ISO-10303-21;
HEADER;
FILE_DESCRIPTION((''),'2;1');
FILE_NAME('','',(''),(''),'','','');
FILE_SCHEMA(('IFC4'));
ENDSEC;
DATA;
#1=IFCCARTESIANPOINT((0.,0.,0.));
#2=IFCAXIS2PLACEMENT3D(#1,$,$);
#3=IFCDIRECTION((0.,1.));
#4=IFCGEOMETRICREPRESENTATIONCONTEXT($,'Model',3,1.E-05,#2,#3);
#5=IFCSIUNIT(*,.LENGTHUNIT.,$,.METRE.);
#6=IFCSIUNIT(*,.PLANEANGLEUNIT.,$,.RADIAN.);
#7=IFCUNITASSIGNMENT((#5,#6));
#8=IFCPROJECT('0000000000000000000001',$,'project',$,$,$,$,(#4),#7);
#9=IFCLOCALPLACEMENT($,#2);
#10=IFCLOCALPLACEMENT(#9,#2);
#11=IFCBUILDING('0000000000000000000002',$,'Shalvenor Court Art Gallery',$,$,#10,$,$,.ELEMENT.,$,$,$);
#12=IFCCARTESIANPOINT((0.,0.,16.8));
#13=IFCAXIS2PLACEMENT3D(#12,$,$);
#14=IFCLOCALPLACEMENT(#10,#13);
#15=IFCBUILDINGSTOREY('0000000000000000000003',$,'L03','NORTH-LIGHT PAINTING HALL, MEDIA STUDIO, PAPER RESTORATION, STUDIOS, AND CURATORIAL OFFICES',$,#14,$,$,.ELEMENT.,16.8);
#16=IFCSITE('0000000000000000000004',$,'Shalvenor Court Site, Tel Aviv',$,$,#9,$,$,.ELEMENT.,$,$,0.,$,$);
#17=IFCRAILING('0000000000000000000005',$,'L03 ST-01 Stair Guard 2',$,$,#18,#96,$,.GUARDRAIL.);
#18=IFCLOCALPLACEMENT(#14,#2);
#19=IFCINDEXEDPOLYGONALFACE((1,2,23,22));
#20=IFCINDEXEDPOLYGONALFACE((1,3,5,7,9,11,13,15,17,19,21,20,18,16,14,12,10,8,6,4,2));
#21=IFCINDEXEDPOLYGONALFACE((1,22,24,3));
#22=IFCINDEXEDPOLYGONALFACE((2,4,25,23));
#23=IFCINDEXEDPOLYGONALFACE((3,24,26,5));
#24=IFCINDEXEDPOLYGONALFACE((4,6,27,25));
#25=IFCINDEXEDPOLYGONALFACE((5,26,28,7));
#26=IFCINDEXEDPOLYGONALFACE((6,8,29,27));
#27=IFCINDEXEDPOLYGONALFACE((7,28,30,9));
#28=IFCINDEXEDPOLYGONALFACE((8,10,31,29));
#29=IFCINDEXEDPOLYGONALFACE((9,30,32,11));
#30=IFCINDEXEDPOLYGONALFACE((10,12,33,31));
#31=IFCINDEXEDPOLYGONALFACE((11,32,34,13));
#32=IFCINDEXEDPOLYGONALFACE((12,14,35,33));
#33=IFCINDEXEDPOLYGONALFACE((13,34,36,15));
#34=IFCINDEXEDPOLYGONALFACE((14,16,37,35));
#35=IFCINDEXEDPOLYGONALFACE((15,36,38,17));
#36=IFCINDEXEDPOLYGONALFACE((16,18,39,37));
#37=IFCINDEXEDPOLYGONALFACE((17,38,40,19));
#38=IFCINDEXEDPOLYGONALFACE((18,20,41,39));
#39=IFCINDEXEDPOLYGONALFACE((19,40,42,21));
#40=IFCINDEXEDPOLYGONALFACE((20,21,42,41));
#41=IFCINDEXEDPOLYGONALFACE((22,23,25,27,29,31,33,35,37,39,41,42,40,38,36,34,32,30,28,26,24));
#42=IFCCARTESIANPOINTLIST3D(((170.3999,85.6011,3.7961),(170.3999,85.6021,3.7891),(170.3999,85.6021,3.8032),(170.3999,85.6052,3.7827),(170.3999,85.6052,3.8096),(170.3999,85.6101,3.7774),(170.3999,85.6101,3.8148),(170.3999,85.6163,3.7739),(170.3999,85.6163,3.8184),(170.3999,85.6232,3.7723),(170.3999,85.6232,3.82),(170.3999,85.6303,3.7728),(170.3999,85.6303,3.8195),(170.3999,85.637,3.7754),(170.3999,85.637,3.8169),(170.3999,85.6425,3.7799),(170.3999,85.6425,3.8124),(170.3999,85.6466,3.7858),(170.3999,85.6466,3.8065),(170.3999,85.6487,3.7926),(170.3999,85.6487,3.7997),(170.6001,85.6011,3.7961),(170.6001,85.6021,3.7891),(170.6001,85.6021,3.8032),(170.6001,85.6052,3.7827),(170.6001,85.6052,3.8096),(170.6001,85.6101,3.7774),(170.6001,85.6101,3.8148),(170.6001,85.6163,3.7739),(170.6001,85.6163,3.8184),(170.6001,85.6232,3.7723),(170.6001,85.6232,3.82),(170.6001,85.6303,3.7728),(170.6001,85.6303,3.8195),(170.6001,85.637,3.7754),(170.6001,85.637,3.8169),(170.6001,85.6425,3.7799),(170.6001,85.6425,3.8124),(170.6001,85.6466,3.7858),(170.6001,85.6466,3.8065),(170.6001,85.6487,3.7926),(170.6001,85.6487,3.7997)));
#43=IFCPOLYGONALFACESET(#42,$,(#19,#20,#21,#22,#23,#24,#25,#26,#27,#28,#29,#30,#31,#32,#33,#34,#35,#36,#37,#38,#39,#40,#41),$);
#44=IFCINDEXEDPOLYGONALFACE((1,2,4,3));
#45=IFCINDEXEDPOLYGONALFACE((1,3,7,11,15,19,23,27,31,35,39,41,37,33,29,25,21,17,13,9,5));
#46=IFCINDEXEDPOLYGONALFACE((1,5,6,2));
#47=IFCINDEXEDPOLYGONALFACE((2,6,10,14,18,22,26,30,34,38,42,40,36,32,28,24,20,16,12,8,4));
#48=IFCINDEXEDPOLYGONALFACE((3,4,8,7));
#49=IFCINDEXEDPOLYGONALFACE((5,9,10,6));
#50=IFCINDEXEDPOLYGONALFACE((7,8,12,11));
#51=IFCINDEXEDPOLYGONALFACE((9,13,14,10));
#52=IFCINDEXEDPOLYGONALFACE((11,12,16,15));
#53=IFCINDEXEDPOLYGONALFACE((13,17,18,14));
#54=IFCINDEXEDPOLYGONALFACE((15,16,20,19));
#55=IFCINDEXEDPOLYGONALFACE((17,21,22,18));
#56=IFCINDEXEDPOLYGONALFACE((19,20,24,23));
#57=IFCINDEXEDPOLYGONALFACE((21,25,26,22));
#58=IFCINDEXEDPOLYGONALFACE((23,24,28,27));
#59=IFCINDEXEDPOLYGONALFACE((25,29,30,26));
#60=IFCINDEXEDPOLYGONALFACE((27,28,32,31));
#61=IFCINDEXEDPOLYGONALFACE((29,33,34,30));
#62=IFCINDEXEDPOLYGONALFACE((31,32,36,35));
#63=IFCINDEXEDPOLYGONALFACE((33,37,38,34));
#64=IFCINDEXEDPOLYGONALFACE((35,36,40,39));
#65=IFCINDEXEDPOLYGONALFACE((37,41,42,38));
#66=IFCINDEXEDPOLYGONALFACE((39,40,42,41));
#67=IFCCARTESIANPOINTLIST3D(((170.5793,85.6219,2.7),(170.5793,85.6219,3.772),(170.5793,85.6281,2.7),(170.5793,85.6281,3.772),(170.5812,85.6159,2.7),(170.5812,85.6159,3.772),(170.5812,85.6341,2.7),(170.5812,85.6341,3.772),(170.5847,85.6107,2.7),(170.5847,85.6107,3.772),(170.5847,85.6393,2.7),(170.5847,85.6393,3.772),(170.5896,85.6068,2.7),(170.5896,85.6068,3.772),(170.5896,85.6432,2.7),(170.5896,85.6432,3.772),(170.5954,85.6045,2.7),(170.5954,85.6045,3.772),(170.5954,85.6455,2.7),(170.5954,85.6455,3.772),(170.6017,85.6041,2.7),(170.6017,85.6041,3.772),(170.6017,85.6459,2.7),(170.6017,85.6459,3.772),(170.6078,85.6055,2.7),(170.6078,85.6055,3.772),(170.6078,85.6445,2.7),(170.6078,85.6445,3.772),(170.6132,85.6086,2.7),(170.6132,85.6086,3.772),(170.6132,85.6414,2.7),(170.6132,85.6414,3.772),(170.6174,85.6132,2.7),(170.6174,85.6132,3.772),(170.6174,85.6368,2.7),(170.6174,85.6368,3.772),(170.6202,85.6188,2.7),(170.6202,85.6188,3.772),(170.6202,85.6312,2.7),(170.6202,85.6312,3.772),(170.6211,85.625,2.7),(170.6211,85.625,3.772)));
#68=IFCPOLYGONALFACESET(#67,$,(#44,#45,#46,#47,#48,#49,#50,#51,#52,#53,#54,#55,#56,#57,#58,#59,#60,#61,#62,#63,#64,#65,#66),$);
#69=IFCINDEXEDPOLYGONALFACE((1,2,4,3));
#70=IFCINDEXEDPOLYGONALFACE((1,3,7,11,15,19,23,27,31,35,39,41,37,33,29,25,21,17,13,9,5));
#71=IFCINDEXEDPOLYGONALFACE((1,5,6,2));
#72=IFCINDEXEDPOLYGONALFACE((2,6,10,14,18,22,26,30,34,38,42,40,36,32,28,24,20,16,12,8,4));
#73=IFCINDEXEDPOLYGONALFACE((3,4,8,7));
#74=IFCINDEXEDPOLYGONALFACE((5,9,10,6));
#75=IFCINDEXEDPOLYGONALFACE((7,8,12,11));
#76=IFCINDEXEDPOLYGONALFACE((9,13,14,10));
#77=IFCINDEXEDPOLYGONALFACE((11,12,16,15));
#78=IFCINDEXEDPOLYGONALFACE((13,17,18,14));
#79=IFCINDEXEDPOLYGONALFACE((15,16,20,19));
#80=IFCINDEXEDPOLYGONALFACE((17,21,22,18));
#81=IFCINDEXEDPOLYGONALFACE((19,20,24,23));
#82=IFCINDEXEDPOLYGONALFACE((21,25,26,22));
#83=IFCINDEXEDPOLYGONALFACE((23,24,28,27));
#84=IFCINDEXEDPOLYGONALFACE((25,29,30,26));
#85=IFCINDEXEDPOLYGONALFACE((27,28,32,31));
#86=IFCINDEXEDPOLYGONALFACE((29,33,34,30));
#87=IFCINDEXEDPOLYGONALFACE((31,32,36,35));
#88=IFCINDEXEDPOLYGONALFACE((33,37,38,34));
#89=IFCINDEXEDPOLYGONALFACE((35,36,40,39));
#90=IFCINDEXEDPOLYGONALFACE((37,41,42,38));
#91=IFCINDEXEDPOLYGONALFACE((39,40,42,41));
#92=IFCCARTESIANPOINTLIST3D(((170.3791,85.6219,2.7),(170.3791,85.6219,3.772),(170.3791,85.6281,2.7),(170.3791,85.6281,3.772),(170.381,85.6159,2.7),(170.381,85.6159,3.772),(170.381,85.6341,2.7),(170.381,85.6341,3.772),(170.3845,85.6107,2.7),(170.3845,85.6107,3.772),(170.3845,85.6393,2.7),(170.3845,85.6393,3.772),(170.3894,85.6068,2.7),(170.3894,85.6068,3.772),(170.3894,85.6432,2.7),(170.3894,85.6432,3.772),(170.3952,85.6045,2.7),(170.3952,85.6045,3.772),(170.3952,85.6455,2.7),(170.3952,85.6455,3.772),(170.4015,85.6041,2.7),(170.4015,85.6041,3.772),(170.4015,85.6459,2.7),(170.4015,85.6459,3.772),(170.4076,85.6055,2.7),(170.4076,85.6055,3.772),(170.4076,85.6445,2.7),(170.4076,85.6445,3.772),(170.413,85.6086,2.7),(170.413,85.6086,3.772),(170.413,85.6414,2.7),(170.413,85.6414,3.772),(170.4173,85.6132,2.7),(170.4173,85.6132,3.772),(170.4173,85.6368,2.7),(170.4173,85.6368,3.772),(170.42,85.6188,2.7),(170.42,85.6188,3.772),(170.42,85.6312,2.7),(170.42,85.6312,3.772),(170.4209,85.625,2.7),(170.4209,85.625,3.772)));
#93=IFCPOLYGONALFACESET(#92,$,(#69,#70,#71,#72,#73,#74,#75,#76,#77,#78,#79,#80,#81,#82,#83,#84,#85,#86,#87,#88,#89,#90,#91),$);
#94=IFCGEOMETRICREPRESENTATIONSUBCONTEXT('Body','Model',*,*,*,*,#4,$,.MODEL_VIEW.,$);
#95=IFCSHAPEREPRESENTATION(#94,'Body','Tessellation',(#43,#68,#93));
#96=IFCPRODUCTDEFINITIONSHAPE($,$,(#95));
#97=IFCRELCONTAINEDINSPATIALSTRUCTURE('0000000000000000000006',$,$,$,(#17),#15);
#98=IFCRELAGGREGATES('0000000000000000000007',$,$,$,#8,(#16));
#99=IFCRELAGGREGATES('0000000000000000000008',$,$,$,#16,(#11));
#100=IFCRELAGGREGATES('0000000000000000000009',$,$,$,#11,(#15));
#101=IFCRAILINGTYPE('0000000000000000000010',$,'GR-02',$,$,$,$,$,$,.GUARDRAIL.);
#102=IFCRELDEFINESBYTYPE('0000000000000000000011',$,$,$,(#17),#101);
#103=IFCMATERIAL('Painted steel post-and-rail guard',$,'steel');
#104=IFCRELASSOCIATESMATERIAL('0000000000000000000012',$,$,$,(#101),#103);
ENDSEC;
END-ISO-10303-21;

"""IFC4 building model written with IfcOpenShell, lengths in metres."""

from ifc_helpers import new_model, si_unit, direction, frame, origin, origin_2d, place, context, subcontext, project, spatial, circle, extrude, material, type_object, element, save


model = new_model("IFC4")

# Units and contexts
model_context = context("Model", 3, precision=1e-05, world=origin(), true_north=direction((0.0, 1.0)))
body_context = subcontext(model_context, "Body", "Model", "MODEL_VIEW")
ifc_project = project(units=[si_unit("LENGTHUNIT", "METRE"), si_unit("PLANEANGLEUNIT", "RADIAN")], contexts=[model_context])

# Site, building, storey
site_placement = place(None, origin())
site = spatial("IfcSite", under=ifc_project, at=site_placement, Name="Shalvenor Court Site, Tel Aviv", CompositionType="ELEMENT", RefElevation=0.0)
building_placement = place(site_placement, origin())
building = spatial("IfcBuilding", under=site, at=building_placement, Name="Shalvenor Court Art Gallery", CompositionType="ELEMENT")
storey_placement = place(building_placement, frame((0.0, 0.0, 16.8)))
storey = spatial("IfcBuildingStorey", under=building, at=storey_placement, Name="L03", Description="NORTH-LIGHT PAINTING HALL, MEDIA STUDIO, PAPER RESTORATION, STUDIOS, AND CURATORIAL OFFICES", CompositionType="ELEMENT", Elevation=16.8)

# Railing
ifc_material_1 = material(Name="Painted steel post-and-rail guard", Category="steel")
railing_type_1 = type_object("IfcRailingType", Name="GR-02", PredefinedType="GUARDRAIL", material=ifc_material_1)
railing_1_placement = place(storey_placement, frame((170.6001, 85.625, 2.7)))
element("IfcRailing", 1, at=railing_1_placement, inside=storey, type_object=railing_type_1, Name="L03 ST-01 Stair Guard 2", PredefinedType="GUARDRAIL", context=body_context, shape_type="SweptSolid", body=[
    extrude(circle(Radius=0.0239, at=origin_2d()), frame((0.0, 0.0, 1.0962), z_axis=(-1.0, 0.0, 0.0), x_axis=(0.0, -1.0, 0.0)), (0.0, 0.0, 1.0), 0.2002),
    extrude(circle(Radius=0.021, at=origin_2d()), origin(), (0.0, 0.0, 1.0), 1.072),
    extrude(circle(Radius=0.021, at=origin_2d()), frame((-0.2002, 0.0, 0.0)), (0.0, 0.0, 1.0), 1.072),
])

save(model, "model.ifc")
